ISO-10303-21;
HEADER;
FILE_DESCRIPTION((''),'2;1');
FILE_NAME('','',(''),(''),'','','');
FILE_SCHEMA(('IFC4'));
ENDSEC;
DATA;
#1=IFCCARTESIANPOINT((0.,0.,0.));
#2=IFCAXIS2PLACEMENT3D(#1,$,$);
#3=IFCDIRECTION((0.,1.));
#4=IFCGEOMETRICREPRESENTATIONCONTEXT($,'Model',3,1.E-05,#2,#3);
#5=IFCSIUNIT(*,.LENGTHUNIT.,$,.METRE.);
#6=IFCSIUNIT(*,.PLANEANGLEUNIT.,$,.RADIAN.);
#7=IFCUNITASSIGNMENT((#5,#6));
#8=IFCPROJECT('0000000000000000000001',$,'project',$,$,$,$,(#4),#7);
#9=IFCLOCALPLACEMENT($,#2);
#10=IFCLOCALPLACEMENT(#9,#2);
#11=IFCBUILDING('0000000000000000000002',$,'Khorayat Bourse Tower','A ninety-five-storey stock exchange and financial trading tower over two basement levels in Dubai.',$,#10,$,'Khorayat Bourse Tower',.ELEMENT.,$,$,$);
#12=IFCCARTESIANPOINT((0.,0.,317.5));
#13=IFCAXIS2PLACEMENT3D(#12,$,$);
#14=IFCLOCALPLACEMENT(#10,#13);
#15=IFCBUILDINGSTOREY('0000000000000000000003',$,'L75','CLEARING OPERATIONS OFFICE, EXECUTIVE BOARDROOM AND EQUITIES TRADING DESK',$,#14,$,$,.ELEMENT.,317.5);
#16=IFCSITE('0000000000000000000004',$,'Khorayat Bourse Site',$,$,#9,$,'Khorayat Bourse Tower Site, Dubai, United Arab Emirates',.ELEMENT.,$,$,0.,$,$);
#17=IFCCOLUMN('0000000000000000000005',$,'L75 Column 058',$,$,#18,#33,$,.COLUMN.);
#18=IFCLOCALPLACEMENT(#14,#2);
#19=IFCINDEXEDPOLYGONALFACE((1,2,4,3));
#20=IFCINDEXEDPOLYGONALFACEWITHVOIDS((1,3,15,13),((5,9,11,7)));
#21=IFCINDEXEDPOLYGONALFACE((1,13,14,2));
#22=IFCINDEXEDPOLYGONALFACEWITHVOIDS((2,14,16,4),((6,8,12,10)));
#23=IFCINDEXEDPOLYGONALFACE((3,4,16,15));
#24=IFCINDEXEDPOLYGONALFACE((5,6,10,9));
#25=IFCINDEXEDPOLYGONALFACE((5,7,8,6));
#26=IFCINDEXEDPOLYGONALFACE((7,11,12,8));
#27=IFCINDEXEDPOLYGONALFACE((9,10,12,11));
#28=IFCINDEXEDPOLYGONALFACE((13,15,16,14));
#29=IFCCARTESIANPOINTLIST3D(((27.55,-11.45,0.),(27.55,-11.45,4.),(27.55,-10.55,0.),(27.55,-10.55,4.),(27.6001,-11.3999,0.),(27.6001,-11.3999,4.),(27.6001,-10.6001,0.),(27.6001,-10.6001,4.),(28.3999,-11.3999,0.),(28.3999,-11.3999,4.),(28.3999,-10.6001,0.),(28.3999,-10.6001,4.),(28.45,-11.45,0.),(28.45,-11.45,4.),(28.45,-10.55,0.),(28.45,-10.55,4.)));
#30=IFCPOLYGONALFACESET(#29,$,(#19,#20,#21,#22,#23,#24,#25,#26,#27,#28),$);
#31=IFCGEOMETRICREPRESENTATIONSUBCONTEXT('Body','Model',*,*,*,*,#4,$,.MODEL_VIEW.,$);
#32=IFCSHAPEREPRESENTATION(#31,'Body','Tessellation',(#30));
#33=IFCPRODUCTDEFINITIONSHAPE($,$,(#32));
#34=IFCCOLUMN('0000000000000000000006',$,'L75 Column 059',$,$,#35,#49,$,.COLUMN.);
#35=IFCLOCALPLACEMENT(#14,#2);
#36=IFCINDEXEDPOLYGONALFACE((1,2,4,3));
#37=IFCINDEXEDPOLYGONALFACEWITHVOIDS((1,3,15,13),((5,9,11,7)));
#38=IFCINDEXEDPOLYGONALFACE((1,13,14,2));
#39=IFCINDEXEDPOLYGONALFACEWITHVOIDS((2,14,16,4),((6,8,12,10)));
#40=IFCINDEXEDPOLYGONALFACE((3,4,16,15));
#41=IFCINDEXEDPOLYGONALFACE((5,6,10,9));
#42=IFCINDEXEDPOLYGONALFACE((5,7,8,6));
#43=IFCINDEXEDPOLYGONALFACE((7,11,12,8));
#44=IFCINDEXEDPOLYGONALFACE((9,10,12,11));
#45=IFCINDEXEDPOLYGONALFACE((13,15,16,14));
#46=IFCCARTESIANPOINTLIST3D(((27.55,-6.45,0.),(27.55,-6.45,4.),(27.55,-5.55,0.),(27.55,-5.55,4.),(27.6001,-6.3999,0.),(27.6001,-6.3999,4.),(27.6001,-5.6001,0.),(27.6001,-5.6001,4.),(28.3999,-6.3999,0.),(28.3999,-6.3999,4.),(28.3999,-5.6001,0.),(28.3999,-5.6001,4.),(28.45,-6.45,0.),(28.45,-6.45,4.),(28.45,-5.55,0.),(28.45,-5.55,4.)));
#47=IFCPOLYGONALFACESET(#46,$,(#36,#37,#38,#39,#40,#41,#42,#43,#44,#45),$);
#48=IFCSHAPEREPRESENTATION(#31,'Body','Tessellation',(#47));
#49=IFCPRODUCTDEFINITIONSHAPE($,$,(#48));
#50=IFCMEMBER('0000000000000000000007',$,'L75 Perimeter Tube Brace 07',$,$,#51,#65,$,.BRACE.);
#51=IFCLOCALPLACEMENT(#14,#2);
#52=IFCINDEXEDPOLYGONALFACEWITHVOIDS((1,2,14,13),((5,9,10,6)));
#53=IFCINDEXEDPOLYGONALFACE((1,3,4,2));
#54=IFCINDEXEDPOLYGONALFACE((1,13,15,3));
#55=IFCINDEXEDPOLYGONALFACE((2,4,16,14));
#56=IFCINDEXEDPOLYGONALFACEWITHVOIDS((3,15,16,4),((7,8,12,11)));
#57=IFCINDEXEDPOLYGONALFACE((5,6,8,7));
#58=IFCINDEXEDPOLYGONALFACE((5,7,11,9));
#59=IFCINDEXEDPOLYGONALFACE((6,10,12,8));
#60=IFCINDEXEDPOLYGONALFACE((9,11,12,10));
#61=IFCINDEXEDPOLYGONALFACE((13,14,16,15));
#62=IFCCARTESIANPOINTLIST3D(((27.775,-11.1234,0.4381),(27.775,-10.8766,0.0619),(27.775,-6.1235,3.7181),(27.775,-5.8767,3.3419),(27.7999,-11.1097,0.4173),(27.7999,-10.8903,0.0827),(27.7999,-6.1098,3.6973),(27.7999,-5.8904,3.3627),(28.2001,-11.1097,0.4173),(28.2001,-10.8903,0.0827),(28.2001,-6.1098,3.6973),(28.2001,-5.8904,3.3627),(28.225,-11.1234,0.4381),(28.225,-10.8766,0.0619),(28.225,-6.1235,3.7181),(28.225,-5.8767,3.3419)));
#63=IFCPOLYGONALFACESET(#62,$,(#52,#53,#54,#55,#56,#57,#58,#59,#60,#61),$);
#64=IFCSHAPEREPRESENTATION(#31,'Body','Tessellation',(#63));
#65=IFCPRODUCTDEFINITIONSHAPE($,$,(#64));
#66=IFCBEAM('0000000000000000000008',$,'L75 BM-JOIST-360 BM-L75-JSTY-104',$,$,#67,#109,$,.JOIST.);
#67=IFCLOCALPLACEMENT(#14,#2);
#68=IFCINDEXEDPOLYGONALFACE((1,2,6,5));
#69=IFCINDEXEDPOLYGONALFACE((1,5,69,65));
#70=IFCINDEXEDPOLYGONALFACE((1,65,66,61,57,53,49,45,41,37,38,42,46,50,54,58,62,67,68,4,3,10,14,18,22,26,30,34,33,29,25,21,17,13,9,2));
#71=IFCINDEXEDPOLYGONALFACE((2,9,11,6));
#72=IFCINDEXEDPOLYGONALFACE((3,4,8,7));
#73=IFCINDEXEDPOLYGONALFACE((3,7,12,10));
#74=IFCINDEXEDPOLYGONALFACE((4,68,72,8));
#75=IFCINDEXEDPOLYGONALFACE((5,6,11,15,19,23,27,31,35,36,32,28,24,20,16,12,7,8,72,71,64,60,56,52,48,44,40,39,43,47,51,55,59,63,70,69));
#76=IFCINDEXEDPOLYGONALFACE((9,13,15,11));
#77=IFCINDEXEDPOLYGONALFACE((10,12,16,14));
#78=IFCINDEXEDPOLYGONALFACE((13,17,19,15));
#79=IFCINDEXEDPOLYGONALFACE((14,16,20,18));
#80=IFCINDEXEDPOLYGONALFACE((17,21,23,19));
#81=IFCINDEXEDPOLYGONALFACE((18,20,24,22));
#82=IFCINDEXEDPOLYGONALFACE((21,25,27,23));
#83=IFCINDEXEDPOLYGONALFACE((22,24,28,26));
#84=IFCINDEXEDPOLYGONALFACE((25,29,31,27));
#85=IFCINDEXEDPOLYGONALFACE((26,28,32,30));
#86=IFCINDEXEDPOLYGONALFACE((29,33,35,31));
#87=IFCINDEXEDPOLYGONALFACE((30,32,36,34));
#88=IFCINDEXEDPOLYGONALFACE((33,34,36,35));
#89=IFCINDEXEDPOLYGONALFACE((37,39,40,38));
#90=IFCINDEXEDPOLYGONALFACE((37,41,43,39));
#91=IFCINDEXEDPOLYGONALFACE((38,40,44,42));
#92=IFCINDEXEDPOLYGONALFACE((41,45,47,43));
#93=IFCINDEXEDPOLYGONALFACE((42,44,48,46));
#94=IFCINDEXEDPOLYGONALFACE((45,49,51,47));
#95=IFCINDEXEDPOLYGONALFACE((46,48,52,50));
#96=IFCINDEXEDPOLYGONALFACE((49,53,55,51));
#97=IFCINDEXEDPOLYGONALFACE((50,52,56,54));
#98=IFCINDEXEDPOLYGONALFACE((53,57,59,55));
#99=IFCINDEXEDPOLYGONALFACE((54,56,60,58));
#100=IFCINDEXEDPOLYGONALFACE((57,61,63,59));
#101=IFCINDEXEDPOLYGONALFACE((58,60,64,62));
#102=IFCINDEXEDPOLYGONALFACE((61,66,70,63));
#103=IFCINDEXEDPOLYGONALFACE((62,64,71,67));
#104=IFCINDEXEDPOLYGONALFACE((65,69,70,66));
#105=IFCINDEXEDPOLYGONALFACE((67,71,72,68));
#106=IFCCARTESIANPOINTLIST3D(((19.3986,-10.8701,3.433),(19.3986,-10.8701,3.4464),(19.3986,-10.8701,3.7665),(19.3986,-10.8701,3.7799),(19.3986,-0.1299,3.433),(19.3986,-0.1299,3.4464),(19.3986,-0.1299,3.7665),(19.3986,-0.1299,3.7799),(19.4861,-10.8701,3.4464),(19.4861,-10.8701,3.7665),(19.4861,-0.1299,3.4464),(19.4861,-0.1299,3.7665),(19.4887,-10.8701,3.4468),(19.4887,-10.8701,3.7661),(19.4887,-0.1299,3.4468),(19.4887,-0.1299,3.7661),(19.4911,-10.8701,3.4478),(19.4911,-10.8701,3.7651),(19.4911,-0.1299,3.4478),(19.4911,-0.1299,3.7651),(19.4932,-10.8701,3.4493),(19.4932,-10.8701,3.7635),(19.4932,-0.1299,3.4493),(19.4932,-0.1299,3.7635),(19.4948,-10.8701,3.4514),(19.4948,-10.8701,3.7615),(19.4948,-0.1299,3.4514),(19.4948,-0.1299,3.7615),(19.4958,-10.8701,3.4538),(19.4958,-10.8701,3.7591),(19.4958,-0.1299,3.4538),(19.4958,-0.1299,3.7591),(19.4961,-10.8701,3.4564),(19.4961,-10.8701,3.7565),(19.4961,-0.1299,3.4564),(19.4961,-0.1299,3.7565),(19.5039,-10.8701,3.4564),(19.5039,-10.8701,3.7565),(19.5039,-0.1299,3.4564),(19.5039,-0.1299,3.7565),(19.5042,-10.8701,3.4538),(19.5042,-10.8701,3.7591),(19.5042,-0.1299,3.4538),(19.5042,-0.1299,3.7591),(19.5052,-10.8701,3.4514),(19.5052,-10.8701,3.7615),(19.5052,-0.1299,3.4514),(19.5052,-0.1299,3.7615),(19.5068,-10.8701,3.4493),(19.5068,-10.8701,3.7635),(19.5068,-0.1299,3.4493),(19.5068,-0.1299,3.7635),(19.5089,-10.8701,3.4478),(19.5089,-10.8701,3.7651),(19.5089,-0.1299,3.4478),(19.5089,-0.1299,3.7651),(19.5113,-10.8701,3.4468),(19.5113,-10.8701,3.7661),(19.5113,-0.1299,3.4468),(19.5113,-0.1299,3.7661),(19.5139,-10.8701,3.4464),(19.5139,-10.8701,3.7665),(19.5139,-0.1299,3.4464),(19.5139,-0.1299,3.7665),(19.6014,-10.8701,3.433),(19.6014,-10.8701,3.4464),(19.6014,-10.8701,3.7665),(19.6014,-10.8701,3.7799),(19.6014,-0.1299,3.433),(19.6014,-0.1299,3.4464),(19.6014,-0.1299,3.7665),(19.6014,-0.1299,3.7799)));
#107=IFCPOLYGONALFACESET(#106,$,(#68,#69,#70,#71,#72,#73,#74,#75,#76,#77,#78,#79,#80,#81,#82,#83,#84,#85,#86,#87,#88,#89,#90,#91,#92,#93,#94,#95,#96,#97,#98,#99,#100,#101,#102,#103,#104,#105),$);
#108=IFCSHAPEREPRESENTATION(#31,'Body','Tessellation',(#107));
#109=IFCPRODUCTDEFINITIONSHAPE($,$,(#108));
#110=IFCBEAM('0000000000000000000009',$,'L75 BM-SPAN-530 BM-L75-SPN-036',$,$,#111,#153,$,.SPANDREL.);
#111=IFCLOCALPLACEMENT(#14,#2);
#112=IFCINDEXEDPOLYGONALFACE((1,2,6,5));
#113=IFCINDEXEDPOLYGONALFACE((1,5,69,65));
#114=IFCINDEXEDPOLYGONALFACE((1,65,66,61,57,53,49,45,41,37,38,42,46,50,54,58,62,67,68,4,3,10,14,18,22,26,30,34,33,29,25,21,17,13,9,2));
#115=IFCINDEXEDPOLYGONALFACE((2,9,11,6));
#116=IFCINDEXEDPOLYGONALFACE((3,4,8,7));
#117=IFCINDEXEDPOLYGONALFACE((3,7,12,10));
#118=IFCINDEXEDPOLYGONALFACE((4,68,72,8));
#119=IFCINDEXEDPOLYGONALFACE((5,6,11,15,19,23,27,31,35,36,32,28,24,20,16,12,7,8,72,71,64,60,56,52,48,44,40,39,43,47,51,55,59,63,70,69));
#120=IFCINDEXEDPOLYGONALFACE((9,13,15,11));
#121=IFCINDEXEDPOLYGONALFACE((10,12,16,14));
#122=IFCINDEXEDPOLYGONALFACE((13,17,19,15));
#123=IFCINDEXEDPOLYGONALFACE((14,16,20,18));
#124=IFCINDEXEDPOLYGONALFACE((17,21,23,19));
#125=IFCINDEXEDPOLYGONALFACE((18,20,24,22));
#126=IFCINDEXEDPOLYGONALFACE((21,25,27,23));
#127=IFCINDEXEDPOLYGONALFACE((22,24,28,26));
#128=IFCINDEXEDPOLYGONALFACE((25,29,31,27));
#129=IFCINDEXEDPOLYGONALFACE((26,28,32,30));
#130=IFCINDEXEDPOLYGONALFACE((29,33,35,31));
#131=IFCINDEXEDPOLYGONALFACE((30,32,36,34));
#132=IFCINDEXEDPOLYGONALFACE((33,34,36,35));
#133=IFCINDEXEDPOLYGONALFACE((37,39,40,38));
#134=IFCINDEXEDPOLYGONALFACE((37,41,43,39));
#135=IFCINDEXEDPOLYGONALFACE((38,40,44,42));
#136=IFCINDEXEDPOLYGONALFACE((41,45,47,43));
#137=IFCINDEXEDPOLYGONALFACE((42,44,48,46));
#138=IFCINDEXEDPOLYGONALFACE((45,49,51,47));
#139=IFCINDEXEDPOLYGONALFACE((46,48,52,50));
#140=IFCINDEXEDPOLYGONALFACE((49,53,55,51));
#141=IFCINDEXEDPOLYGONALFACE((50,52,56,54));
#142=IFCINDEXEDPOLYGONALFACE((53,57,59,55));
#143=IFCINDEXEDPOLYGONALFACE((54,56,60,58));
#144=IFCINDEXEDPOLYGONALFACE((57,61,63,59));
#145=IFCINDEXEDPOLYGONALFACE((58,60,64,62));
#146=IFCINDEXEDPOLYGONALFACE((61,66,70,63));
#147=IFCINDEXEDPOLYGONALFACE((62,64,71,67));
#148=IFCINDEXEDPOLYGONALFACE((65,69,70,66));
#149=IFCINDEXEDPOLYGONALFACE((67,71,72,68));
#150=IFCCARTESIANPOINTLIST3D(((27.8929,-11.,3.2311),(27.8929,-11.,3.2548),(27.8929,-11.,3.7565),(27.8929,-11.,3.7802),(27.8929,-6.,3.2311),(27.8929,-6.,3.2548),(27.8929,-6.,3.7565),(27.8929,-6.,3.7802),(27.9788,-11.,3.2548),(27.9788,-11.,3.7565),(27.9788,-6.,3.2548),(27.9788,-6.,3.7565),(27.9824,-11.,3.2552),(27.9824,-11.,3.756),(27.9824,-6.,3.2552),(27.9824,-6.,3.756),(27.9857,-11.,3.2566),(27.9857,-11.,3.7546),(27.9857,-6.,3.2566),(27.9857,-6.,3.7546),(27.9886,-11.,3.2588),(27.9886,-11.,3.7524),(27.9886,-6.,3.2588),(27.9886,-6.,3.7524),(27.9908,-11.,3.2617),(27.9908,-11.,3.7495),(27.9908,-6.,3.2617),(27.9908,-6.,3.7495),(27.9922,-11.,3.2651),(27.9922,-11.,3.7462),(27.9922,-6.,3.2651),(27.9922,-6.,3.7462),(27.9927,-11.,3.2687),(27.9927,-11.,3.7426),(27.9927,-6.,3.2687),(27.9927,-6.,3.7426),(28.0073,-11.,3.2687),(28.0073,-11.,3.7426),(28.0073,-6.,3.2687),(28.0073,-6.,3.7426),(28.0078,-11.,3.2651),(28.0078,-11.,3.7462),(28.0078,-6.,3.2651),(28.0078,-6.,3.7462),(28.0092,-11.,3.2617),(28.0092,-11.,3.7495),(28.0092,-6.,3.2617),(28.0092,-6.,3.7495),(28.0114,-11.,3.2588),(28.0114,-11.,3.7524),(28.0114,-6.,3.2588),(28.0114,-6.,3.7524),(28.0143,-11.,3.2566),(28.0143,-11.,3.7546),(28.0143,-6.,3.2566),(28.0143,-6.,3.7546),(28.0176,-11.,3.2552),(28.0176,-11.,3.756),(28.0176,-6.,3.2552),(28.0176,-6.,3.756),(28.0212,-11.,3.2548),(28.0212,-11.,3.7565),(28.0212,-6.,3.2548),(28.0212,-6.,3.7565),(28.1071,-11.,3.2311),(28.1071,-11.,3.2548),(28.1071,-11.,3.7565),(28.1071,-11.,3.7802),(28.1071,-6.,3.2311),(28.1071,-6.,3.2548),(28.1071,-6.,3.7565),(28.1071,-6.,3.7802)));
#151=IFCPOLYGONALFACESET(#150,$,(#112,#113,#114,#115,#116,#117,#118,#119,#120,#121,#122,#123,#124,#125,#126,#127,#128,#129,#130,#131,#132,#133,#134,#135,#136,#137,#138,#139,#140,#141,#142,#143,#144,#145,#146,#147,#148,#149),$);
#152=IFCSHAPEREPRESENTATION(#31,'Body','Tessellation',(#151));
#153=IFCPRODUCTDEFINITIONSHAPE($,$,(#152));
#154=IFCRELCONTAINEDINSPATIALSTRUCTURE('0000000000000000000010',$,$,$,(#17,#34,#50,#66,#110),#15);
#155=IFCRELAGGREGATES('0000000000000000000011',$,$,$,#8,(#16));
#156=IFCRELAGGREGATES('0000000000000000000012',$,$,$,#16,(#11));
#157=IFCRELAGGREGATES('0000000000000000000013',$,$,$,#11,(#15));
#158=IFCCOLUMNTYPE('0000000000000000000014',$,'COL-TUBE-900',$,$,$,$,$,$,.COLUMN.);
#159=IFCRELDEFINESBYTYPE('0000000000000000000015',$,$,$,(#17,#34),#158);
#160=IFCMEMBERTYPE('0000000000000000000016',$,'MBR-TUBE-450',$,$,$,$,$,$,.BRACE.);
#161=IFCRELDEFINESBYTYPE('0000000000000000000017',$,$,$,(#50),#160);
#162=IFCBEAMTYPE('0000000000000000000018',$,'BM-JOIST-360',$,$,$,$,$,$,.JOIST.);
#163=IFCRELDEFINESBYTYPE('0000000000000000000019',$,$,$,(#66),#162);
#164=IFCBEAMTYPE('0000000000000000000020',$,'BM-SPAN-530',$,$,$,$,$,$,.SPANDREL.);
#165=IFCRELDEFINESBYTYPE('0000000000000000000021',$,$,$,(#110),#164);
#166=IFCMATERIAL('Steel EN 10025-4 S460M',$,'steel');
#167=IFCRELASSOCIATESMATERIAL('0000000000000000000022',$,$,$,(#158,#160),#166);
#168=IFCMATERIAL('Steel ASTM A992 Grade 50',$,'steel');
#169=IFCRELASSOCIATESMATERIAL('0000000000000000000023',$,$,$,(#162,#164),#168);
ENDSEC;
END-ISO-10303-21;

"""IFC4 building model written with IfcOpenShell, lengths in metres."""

from ifc_helpers import new_model, si_unit, direction, frame, origin, origin_2d, place, context, subcontext, project, spatial, hollow_rectangle, i_section, extrude, source, transform, mapped, material, material_profile, profile_set, type_object, element, save


model = new_model("IFC4")

# Units and contexts
model_context = context("Model", 3, precision=1e-05, world=origin(), true_north=direction((0.0, 1.0)))
body_context = subcontext(model_context, "Body", "Model", "MODEL_VIEW")
ifc_project = project(units=[si_unit("LENGTHUNIT", "METRE"), si_unit("PLANEANGLEUNIT", "RADIAN")], contexts=[model_context])

# Site, building, storey
site_placement = place(None, origin())
site = spatial("IfcSite", under=ifc_project, at=site_placement, Name="Khorayat Bourse Site", LongName="Khorayat Bourse Tower Site, Dubai, United Arab Emirates", CompositionType="ELEMENT", RefElevation=0.0)
building_placement = place(site_placement, origin())
building = spatial("IfcBuilding", under=site, at=building_placement, Name="Khorayat Bourse Tower", Description="A ninety-five-storey stock exchange and financial trading tower over two basement levels in Dubai.", LongName="Khorayat Bourse Tower", CompositionType="ELEMENT")
storey_placement = place(building_placement, frame((0.0, 0.0, 317.5)))
storey = spatial("IfcBuildingStorey", under=building, at=storey_placement, Name="L75", Description="CLEARING OPERATIONS OFFICE, EXECUTIVE BOARDROOM AND EQUITIES TRADING DESK", CompositionType="ELEMENT", Elevation=317.5)

# Columns
ifc_material_1 = material(Name="Steel EN 10025-4 S460M", Category="steel")
ifc_material_profile_1 = material_profile(ifc_material_1, hollow_rectangle(XDim=0.8999, YDim=0.8999, WallThickness=0.05, at=origin_2d()), Name="BOX 900x900x50")
ifc_profile_set_1 = profile_set([ifc_material_profile_1], Name="Steel EN 10025-4 S460M")
column_type = type_object("IfcColumnType", Name="COL-TUBE-900", PredefinedType="COLUMN", material=ifc_profile_set_1)
shared_shape_1 = source(origin(), body_context, "Body", "SweptSolid", [
    extrude(hollow_rectangle(XDim=0.8999, YDim=0.8999, WallThickness=0.05, at=origin_2d()), origin(), (0.0, 0.0, 1.0), 4.0),
])
for number, where, z_axis, x_axis, name in (
    (1, (28.0, -11.0, 0.0), (0.0, 0.0, 1.0), (1.0, 0.0, 0.0), "L75 Column 058"),
    (2, (28.0, -6.0, 0.0), (0.0, 0.0, 1.0), (1.0, 0.0, 0.0), "L75 Column 059"),
):
    element("IfcColumn", number, at=place(storey_placement, frame(where, z_axis=z_axis, x_axis=x_axis)), inside=storey, type_object=column_type, Name=name, PredefinedType="COLUMN", context=body_context, shape_type="MappedRepresentation", body=[
        mapped(shared_shape_1, transform((0.0, 0.0, 0.0), scale=1.0)),
    ])

# Member
ifc_material_profile_2 = material_profile(ifc_material_1, hollow_rectangle(XDim=0.45, YDim=0.45, WallThickness=0.0249, at=origin_2d()), Name="HSS 450x450x25")
ifc_profile_set_2 = profile_set([ifc_material_profile_2], Name="Steel EN 10025-4 S460M")
member_type_1 = type_object("IfcMemberType", Name="MBR-TUBE-450", PredefinedType="BRACE", material=ifc_profile_set_2)
shared_shape_2 = source(origin(), body_context, "Body", "SweptSolid", [
    extrude(hollow_rectangle(XDim=0.45, YDim=0.45, WallThickness=0.0249, at=origin_2d()), origin(), (0.0, 0.0, 1.0), 5.9797),
])
member_1_placement = place(storey_placement, frame((28.0, -11.0, 0.25), z_axis=(0.0, 0.836142, 0.548514), x_axis=(-1.0, 0.0, 0.0)))
element("IfcMember", 3, at=member_1_placement, inside=storey, type_object=member_type_1, Name="L75 Perimeter Tube Brace 07", PredefinedType="BRACE", context=body_context, shape_type="MappedRepresentation", body=[
    mapped(shared_shape_2, transform((0.0, 0.0, 0.0), scale=1.0)),
])

# Beams
ifc_material_2 = material(Name="Steel ASTM A992 Grade 50", Category="steel")
ifc_material_profile_3 = material_profile(ifc_material_2, i_section(OverallWidth=0.2029, OverallDepth=0.3469, WebThickness=0.0078, FlangeThickness=0.0134, FilletRadius=0.01, at=origin_2d()), Name="W360X64")
ifc_profile_set_3 = profile_set([ifc_material_profile_3], Name="Steel ASTM A992 Grade 50")
beam_type_1 = type_object("IfcBeamType", Name="BM-JOIST-360", PredefinedType="JOIST", material=ifc_profile_set_3)
shared_shape_3 = source(origin(), body_context, "Body", "SweptSolid", [
    extrude(i_section(OverallWidth=0.2029, OverallDepth=0.3469, WebThickness=0.0078, FlangeThickness=0.0134, FilletRadius=0.01, at=origin_2d()), origin(), (0.0, 0.0, 1.0), 10.7402),
])
beam_1_placement = place(storey_placement, frame((19.5, -10.8701, 3.6064), z_axis=(0.0, 1.0, 0.0), x_axis=(-1.0, 0.0, 0.0)))
element("IfcBeam", 4, at=beam_1_placement, inside=storey, type_object=beam_type_1, Name="L75 BM-JOIST-360 BM-L75-JSTY-104", PredefinedType="JOIST", context=body_context, shape_type="MappedRepresentation", body=[
    mapped(shared_shape_3, transform((0.0, 0.0, 0.0), scale=1.0)),
])
ifc_material_profile_4 = material_profile(ifc_material_2, i_section(OverallWidth=0.2141, OverallDepth=0.5491, WebThickness=0.0146, FlangeThickness=0.0237, FilletRadius=0.0139, at=origin_2d()), Name="W530X138")
ifc_profile_set_4 = profile_set([ifc_material_profile_4], Name="Steel ASTM A992 Grade 50")
beam_type_2 = type_object("IfcBeamType", Name="BM-SPAN-530", PredefinedType="SPANDREL", material=ifc_profile_set_4)
shared_shape_4 = source(origin(), body_context, "Body", "SweptSolid", [
    extrude(i_section(OverallWidth=0.2141, OverallDepth=0.5491, WebThickness=0.0146, FlangeThickness=0.0237, FilletRadius=0.0139, at=origin_2d()), origin(), (0.0, 0.0, 1.0), 5.0),
])
beam_2_placement = place(storey_placement, frame((28.0, -11.0, 3.5056), z_axis=(0.0, 1.0, 0.0), x_axis=(-1.0, 0.0, 0.0)))
element("IfcBeam", 5, at=beam_2_placement, inside=storey, type_object=beam_type_2, Name="L75 BM-SPAN-530 BM-L75-SPN-036", PredefinedType="SPANDREL", context=body_context, shape_type="MappedRepresentation", body=[
    mapped(shared_shape_4, transform((0.0, 0.0, 0.0), scale=1.0)),
])

save(model, "model.ifc")
